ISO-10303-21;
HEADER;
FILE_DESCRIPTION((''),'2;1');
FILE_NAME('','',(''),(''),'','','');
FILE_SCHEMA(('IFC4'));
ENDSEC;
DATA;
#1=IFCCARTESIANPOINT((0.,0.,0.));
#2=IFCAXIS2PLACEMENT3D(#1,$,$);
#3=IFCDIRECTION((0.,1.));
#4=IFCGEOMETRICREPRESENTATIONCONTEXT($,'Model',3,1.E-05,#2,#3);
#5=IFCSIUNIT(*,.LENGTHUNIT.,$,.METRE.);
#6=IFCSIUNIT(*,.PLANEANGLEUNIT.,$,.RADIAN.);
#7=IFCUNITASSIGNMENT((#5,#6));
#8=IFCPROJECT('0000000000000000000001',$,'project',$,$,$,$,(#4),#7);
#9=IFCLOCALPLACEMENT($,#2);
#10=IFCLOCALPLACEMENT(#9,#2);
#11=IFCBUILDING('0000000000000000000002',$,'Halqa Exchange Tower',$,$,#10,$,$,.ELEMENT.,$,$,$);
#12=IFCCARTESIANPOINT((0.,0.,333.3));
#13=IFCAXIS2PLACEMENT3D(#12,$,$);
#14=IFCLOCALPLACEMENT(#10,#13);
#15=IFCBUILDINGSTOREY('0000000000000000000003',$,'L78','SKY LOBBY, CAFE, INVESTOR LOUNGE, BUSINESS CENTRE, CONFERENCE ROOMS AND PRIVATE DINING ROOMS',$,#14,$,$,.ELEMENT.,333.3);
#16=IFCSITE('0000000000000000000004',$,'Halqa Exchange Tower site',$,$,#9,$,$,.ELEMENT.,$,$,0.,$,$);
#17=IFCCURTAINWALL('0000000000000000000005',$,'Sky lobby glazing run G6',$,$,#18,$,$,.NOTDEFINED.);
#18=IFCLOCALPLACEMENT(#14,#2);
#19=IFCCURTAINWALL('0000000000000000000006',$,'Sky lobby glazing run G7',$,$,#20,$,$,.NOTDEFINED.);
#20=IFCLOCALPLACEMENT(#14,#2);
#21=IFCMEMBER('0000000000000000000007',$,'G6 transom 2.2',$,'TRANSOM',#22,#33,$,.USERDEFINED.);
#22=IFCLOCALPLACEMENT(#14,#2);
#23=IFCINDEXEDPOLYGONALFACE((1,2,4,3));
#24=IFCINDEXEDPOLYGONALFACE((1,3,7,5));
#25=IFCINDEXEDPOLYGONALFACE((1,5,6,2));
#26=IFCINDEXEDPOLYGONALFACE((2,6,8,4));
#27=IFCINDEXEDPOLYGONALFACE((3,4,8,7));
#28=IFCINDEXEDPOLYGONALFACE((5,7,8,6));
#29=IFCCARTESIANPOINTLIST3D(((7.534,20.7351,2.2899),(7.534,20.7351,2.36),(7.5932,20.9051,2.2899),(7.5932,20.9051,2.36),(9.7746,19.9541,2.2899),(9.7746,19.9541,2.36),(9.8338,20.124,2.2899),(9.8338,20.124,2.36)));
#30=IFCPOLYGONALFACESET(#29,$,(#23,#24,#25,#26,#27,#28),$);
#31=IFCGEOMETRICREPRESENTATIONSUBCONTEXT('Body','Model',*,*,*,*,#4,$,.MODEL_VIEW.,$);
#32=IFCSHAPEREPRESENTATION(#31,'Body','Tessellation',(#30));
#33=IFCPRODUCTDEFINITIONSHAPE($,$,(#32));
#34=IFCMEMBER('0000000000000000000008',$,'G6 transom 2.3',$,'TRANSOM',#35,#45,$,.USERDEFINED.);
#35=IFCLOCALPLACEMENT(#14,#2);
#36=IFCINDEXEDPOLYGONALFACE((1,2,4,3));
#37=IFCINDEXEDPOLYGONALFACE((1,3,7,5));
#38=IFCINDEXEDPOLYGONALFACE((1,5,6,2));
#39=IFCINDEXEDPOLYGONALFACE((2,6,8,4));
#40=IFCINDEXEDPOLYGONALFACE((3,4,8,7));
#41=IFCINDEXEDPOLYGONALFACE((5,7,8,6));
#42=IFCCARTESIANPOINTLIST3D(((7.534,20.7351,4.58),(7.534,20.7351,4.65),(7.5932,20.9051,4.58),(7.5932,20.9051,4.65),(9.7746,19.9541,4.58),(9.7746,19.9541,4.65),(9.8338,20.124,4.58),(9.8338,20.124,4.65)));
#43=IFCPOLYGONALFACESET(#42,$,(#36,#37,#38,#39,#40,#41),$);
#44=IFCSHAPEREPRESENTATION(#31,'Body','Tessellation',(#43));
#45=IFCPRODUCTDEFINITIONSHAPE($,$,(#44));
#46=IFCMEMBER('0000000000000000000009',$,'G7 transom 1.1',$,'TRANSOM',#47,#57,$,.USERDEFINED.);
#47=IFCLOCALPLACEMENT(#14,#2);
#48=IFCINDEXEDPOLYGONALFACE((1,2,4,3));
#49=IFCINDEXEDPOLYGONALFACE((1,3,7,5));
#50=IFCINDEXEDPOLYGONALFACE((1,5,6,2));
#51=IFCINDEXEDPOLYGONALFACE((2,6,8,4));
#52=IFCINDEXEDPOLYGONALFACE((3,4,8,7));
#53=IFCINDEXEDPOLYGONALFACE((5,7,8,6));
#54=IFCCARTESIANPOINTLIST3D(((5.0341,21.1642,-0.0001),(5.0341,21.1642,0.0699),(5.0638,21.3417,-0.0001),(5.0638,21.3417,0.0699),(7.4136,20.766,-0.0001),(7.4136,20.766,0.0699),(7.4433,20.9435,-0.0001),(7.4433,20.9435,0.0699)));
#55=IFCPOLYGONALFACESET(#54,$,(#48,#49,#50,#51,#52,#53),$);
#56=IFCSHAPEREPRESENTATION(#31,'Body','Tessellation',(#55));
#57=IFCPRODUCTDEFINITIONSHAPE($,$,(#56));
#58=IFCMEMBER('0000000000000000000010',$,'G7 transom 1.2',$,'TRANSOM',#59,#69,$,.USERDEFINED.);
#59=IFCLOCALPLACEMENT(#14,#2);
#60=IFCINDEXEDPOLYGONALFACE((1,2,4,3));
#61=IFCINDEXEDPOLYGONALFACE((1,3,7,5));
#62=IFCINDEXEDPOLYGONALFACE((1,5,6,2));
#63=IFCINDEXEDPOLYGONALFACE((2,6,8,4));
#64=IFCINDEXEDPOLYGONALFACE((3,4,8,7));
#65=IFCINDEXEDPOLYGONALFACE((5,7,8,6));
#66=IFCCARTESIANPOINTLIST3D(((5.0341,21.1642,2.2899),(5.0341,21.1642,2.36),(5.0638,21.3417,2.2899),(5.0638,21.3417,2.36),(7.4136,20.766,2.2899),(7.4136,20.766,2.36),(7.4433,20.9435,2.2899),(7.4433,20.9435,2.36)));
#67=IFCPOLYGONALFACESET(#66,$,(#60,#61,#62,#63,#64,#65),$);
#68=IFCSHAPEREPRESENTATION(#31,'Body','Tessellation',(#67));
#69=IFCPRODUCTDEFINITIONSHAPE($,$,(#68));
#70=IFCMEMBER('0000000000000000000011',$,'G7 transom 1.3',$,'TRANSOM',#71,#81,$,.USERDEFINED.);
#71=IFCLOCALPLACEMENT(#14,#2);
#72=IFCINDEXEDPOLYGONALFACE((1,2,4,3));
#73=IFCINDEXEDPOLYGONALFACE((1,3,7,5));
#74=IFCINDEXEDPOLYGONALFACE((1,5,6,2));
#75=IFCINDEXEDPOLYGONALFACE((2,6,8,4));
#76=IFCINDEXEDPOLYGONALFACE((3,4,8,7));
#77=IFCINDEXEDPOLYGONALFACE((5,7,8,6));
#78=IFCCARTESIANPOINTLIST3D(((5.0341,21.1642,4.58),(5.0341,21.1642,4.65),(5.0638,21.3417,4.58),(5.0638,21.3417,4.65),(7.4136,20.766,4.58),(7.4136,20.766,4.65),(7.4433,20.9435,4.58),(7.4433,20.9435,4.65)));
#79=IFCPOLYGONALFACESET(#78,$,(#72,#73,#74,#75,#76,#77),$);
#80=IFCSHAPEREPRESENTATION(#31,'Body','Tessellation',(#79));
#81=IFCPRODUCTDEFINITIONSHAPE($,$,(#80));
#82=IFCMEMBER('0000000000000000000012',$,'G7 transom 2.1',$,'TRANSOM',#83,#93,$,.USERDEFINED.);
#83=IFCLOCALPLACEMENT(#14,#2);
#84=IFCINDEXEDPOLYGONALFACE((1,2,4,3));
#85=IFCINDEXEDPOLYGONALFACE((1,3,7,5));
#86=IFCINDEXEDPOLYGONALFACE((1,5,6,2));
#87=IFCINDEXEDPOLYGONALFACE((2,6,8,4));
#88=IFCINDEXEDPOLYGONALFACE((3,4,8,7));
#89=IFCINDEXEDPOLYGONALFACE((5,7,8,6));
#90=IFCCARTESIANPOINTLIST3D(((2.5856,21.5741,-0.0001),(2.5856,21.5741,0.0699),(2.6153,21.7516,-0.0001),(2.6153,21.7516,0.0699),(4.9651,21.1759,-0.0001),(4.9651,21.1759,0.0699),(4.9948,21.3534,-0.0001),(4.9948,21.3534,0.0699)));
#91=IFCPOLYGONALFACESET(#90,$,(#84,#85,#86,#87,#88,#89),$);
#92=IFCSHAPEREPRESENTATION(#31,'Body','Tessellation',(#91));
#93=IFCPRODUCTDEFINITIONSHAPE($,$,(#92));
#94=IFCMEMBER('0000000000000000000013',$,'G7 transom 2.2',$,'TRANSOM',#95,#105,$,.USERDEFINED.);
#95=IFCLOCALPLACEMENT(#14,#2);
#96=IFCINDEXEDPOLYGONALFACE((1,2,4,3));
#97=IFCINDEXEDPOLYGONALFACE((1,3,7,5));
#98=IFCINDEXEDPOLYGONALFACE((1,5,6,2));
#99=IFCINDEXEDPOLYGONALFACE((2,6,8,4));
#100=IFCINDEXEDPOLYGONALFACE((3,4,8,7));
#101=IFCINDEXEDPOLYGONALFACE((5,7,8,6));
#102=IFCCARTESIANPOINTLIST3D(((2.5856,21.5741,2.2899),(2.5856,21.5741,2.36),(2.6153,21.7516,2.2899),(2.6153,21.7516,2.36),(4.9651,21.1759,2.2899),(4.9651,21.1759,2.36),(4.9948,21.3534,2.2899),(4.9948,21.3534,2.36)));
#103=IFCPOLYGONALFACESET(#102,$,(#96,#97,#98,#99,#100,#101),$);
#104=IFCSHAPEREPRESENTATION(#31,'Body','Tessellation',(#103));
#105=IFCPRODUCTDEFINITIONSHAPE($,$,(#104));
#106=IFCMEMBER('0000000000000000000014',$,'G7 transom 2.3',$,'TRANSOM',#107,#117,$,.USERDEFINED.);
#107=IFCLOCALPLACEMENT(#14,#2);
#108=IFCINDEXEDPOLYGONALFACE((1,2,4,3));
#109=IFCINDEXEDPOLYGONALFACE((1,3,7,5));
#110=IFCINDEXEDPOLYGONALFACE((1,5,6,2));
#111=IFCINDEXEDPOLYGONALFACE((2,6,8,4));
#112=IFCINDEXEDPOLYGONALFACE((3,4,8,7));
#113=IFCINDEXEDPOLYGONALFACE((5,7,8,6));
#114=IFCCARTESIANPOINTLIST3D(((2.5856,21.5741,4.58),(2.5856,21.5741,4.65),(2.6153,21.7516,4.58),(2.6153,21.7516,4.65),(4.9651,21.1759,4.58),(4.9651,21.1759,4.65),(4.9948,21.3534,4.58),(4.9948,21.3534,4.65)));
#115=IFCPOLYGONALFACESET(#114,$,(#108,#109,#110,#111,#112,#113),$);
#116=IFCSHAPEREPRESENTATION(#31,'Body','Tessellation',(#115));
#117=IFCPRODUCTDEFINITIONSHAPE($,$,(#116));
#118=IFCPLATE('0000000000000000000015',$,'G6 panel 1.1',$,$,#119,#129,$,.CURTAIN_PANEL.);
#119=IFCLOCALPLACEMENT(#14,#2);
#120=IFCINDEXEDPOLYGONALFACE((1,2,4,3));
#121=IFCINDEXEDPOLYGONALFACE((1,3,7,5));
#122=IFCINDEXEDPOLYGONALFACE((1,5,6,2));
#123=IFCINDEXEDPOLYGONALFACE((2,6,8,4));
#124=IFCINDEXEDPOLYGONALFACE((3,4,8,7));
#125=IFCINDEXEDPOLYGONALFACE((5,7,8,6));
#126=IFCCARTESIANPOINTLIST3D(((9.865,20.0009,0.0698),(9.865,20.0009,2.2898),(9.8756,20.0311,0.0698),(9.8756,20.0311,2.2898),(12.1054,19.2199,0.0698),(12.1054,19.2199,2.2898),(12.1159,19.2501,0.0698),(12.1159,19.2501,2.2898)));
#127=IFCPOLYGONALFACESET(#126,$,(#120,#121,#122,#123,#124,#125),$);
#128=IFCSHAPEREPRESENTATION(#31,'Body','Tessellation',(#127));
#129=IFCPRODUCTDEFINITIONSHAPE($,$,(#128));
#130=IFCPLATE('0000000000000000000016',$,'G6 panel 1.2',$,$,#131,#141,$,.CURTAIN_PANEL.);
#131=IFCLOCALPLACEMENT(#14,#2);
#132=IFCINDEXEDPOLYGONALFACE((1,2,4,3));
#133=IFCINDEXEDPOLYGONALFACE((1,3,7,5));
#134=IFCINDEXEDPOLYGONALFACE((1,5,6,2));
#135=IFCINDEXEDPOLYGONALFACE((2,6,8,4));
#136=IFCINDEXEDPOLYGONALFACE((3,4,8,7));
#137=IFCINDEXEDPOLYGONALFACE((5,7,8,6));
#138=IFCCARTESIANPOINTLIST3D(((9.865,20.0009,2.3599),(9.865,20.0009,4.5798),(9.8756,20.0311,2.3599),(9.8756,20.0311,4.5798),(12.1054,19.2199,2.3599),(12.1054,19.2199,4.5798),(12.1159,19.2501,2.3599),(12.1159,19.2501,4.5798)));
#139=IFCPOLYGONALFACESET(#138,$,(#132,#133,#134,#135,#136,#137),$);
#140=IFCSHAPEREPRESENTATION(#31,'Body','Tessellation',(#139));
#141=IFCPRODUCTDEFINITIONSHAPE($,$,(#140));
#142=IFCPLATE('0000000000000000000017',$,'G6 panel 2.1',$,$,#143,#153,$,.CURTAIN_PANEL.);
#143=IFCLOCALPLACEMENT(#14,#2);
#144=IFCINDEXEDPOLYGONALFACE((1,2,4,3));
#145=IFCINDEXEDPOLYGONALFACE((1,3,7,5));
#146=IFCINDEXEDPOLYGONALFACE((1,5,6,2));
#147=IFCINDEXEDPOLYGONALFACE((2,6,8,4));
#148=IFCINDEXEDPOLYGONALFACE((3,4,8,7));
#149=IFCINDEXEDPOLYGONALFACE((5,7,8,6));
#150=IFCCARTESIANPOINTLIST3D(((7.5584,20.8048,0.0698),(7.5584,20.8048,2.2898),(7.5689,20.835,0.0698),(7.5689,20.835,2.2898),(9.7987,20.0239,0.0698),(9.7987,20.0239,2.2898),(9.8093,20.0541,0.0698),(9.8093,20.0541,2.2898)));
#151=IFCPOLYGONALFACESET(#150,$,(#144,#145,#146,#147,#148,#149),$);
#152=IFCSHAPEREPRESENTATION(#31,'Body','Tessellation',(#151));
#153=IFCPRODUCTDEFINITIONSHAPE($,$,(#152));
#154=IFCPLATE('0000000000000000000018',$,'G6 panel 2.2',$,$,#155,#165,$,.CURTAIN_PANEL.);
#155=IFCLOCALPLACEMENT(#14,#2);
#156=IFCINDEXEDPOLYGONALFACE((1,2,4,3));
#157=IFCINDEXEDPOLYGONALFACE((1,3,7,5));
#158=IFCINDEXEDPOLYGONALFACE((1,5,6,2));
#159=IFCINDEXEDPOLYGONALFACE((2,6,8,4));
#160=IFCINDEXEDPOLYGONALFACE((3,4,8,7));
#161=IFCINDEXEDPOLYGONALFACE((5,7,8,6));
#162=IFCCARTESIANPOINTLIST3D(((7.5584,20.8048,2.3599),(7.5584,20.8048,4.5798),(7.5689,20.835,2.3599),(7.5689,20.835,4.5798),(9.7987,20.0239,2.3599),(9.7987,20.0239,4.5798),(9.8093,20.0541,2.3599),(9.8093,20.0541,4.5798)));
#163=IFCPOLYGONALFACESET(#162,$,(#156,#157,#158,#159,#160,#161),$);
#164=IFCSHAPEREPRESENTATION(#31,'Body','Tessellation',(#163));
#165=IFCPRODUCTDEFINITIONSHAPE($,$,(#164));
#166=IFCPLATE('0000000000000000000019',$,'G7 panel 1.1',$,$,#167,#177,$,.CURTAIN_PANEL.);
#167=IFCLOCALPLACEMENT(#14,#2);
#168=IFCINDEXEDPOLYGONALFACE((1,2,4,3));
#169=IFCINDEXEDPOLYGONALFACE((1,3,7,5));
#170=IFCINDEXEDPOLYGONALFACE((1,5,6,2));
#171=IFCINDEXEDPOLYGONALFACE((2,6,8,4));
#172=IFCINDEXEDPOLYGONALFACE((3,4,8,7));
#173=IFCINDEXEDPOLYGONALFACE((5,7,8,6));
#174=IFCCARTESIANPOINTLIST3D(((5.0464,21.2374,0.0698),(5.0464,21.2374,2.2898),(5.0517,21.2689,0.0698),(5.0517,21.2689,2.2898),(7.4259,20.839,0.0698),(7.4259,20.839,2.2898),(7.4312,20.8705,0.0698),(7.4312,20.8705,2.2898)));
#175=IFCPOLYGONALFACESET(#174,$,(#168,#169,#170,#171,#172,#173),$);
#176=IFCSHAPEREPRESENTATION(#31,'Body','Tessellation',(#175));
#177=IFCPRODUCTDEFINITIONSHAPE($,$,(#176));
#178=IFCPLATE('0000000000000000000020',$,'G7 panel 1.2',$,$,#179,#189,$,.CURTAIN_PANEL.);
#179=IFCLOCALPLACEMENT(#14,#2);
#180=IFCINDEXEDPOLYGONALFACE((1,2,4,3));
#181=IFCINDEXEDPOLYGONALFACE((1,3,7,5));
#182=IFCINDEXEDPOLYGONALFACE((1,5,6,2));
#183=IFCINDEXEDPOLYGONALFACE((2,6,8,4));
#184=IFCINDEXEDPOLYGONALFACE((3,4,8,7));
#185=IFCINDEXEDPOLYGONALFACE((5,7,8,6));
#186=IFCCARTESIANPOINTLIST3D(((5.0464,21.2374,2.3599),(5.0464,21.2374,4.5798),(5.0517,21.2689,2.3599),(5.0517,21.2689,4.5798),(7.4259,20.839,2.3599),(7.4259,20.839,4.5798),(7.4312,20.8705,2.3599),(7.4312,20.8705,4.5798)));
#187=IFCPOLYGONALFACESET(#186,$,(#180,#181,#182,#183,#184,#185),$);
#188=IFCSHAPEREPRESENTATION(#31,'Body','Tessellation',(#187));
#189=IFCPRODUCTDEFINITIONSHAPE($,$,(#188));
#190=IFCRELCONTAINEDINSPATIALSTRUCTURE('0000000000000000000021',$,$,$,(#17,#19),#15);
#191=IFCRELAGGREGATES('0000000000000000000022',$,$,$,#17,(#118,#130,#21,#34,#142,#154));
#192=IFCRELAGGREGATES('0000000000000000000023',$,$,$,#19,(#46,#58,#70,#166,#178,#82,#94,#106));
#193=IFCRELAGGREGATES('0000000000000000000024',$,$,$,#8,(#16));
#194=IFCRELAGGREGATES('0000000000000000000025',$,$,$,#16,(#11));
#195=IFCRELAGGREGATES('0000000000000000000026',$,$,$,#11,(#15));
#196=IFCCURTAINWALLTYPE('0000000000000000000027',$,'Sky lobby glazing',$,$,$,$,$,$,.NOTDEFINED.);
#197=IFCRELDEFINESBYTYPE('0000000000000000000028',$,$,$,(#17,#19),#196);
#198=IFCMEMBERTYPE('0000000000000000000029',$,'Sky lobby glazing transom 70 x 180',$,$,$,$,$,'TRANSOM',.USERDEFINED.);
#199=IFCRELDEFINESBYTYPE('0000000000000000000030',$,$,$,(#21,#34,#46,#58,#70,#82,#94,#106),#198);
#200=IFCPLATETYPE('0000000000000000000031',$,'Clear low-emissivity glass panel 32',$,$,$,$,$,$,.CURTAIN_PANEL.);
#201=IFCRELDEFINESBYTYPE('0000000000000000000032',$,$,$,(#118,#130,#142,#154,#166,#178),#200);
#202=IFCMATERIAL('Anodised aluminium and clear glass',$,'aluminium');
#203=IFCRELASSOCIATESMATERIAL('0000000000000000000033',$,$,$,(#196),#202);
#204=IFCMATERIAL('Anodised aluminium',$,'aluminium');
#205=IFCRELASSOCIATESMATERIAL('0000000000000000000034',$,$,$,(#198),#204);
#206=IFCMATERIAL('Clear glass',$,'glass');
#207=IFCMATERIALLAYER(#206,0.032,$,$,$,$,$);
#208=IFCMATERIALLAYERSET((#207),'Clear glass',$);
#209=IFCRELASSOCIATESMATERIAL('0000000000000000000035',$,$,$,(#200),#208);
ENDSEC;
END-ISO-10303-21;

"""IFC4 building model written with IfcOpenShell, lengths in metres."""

from ifc_helpers import new_model, si_unit, direction, frame, origin, origin_2d, place, context, subcontext, project, spatial, rectangle, extrude, material, layer, layer_set, material_profile, profile_set, type_object, element, aggregate, save


model = new_model("IFC4")

# Units and contexts
model_context = context("Model", 3, precision=1e-05, world=origin(), true_north=direction((0.0, 1.0)))
body_context = subcontext(model_context, "Body", "Model", "MODEL_VIEW")
ifc_project = project(units=[si_unit("LENGTHUNIT", "METRE"), si_unit("PLANEANGLEUNIT", "RADIAN")], contexts=[model_context])

# Site, building, storey
site_placement = place(None, origin())
site = spatial("IfcSite", under=ifc_project, at=site_placement, Name="Halqa Exchange Tower site", CompositionType="ELEMENT", RefElevation=0.0)
building_placement = place(site_placement, origin())
building = spatial("IfcBuilding", under=site, at=building_placement, Name="Halqa Exchange Tower", CompositionType="ELEMENT")
storey_placement = place(building_placement, frame((0.0, 0.0, 333.3)))
storey = spatial("IfcBuildingStorey", under=building, at=storey_placement, Name="L78", Description="SKY LOBBY, CAFE, INVESTOR LOUNGE, BUSINESS CENTRE, CONFERENCE ROOMS AND PRIVATE DINING ROOMS", CompositionType="ELEMENT", Elevation=333.3)

# Curtain walls
ifc_material_1 = material(Name="Anodised aluminium and clear glass", Category="aluminium")
curtain_wall_type = type_object("IfcCurtainWallType", Name="Sky lobby glazing", PredefinedType="NOTDEFINED", material=ifc_material_1)
curtain_wall_1_placement = place(storey_placement, origin())
curtain_wall_1 = element("IfcCurtainWall", 1, at=curtain_wall_1_placement, inside=storey, type_object=curtain_wall_type, Name="Sky lobby glazing run G6", PredefinedType="NOTDEFINED")
ifc_material_2 = material(Name="Anodised aluminium", Category="aluminium")
curtain_wall_2_placement = place(storey_placement, origin())
curtain_wall_2 = element("IfcCurtainWall", 2, at=curtain_wall_2_placement, inside=storey, type_object=curtain_wall_type, Name="Sky lobby glazing run G7", PredefinedType="NOTDEFINED")

# Members
ifc_material_profile_1 = material_profile(ifc_material_2, rectangle(XDim=0.1799, YDim=0.0701, at=origin_2d()), Name="AL 70x180")
ifc_profile_set_1 = profile_set([ifc_material_profile_1], Name="Anodised aluminium")
member_type_1 = type_object("IfcMemberType", Name="Sky lobby glazing transom 70 x 180", ElementType="TRANSOM", PredefinedType="USERDEFINED", material=ifc_profile_set_1)
member_1_placement = place(storey_placement, frame((9.8042, 20.0391, 2.325), z_axis=(-0.944273, 0.329163, 0.0), x_axis=(-0.329163, -0.944273, 0.0)))
member_1 = element("IfcMember", 3, at=member_1_placement, type_object=member_type_1, Name="G6 transom 2.2", ObjectType="TRANSOM", PredefinedType="USERDEFINED", context=body_context, shape_type="SweptSolid", body=[
    extrude(rectangle(XDim=0.1799, YDim=0.0701, at=origin_2d()), origin(), (0.0, 0.0, 1.0), 2.3728),
])
member_2_placement = place(storey_placement, frame((9.8042, 20.0391, 4.615), z_axis=(-0.944273, 0.329163, 0.0), x_axis=(-0.329163, -0.944273, 0.0)))
member_2 = element("IfcMember", 4, at=member_2_placement, type_object=member_type_1, Name="G6 transom 2.3", ObjectType="TRANSOM", PredefinedType="USERDEFINED", context=body_context, shape_type="SweptSolid", body=[
    extrude(rectangle(XDim=0.1799, YDim=0.0701, at=origin_2d()), origin(), (0.0, 0.0, 1.0), 2.3728),
])
member_3_placement = place(storey_placement, frame((7.4285, 20.8547, 0.0349), z_axis=(-0.986284, 0.165055, 0.0), x_axis=(-0.165055, -0.986284, 0.0)))
member_3 = element("IfcMember", 5, at=member_3_placement, type_object=member_type_1, Name="G7 transom 1.1", ObjectType="TRANSOM", PredefinedType="USERDEFINED", context=body_context, shape_type="SweptSolid", body=[
    extrude(rectangle(XDim=0.1799, YDim=0.0701, at=origin_2d()), origin(), (0.0, 0.0, 1.0), 2.4126),
])
member_4_placement = place(storey_placement, frame((7.4285, 20.8547, 2.325), z_axis=(-0.986284, 0.165055, 0.0), x_axis=(-0.165055, -0.986284, 0.0)))
member_4 = element("IfcMember", 6, at=member_4_placement, type_object=member_type_1, Name="G7 transom 1.2", ObjectType="TRANSOM", PredefinedType="USERDEFINED", context=body_context, shape_type="SweptSolid", body=[
    extrude(rectangle(XDim=0.1799, YDim=0.0701, at=origin_2d()), origin(), (0.0, 0.0, 1.0), 2.4126),
])
member_5_placement = place(storey_placement, frame((7.4285, 20.8547, 4.615), z_axis=(-0.986284, 0.165055, 0.0), x_axis=(-0.165055, -0.986284, 0.0)))
member_5 = element("IfcMember", 7, at=member_5_placement, type_object=member_type_1, Name="G7 transom 1.3", ObjectType="TRANSOM", PredefinedType="USERDEFINED", context=body_context, shape_type="SweptSolid", body=[
    extrude(rectangle(XDim=0.1799, YDim=0.0701, at=origin_2d()), origin(), (0.0, 0.0, 1.0), 2.4126),
])
member_6_placement = place(storey_placement, frame((4.98, 21.2646, 0.0349), z_axis=(-0.986284, 0.165055, 0.0), x_axis=(-0.165055, -0.986284, 0.0)))
member_6 = element("IfcMember", 8, at=member_6_placement, type_object=member_type_1, Name="G7 transom 2.1", ObjectType="TRANSOM", PredefinedType="USERDEFINED", context=body_context, shape_type="SweptSolid", body=[
    extrude(rectangle(XDim=0.1799, YDim=0.0701, at=origin_2d()), origin(), (0.0, 0.0, 1.0), 2.4126),
])
member_7_placement = place(storey_placement, frame((4.98, 21.2646, 2.325), z_axis=(-0.986284, 0.165055, 0.0), x_axis=(-0.165055, -0.986284, 0.0)))
member_7 = element("IfcMember", 9, at=member_7_placement, type_object=member_type_1, Name="G7 transom 2.2", ObjectType="TRANSOM", PredefinedType="USERDEFINED", context=body_context, shape_type="SweptSolid", body=[
    extrude(rectangle(XDim=0.1799, YDim=0.0701, at=origin_2d()), origin(), (0.0, 0.0, 1.0), 2.4126),
])
member_8_placement = place(storey_placement, frame((4.98, 21.2646, 4.615), z_axis=(-0.986284, 0.165055, 0.0), x_axis=(-0.165055, -0.986284, 0.0)))
member_8 = element("IfcMember", 10, at=member_8_placement, type_object=member_type_1, Name="G7 transom 2.3", ObjectType="TRANSOM", PredefinedType="USERDEFINED", context=body_context, shape_type="SweptSolid", body=[
    extrude(rectangle(XDim=0.1799, YDim=0.0701, at=origin_2d()), origin(), (0.0, 0.0, 1.0), 2.4126),
])

# Plates
ifc_material_3 = material(Name="Clear glass", Category="glass")
ifc_layer_1 = layer(ifc_material_3, 0.032)
ifc_layer_set_1 = layer_set([ifc_layer_1], Name="Clear glass")
plate_type = type_object("IfcPlateType", Name="Clear low-emissivity glass panel 32", PredefinedType="CURTAIN_PANEL", material=ifc_layer_set_1)
plate_1_placement = place(storey_placement, frame((10.9905, 19.6255, 0.0698), z_axis=(0.0, 0.0, 1.0), x_axis=(-0.944274, 0.32916, 0.0)))
plate_1 = element("IfcPlate", 11, at=plate_1_placement, type_object=plate_type, Name="G6 panel 1.1", PredefinedType="CURTAIN_PANEL", context=body_context, shape_type="SweptSolid", body=[
    extrude(rectangle(XDim=2.3726, YDim=0.032, at=origin_2d()), origin(), (0.0, 0.0, 1.0), 2.22),
])
plate_2_placement = place(storey_placement, frame((10.9905, 19.6255, 2.3599), z_axis=(0.0, 0.0, 1.0), x_axis=(-0.944274, 0.32916, 0.0)))
plate_2 = element("IfcPlate", 12, at=plate_2_placement, type_object=plate_type, Name="G6 panel 1.2", PredefinedType="CURTAIN_PANEL", context=body_context, shape_type="SweptSolid", body=[
    extrude(rectangle(XDim=2.3726, YDim=0.032, at=origin_2d()), origin(), (0.0, 0.0, 1.0), 2.22),
])
plate_3_placement = place(storey_placement, frame((8.6838, 20.4294, 0.0698), z_axis=(0.0, 0.0, 1.0), x_axis=(-0.944274, 0.32916, 0.0)))
plate_3 = element("IfcPlate", 13, at=plate_3_placement, type_object=plate_type, Name="G6 panel 2.1", PredefinedType="CURTAIN_PANEL", context=body_context, shape_type="SweptSolid", body=[
    extrude(rectangle(XDim=2.3726, YDim=0.032, at=origin_2d()), origin(), (0.0, 0.0, 1.0), 2.22),
])
plate_4_placement = place(storey_placement, frame((8.6838, 20.4294, 2.3599), z_axis=(0.0, 0.0, 1.0), x_axis=(-0.944274, 0.32916, 0.0)))
plate_4 = element("IfcPlate", 14, at=plate_4_placement, type_object=plate_type, Name="G6 panel 2.2", PredefinedType="CURTAIN_PANEL", context=body_context, shape_type="SweptSolid", body=[
    extrude(rectangle(XDim=2.3726, YDim=0.032, at=origin_2d()), origin(), (0.0, 0.0, 1.0), 2.22),
])
aggregate(curtain_wall_1, [plate_1, plate_2, member_1, member_2, plate_3, plate_4])
plate_5_placement = place(storey_placement, frame((6.2388, 21.054, 0.0698), z_axis=(0.0, 0.0, 1.0), x_axis=(-0.986274, 0.165117, 0.0)))
plate_5 = element("IfcPlate", 15, at=plate_5_placement, type_object=plate_type, Name="G7 panel 1.1", PredefinedType="CURTAIN_PANEL", context=body_context, shape_type="SweptSolid", body=[
    extrude(rectangle(XDim=2.4126, YDim=0.032, at=origin_2d()), origin(), (0.0, 0.0, 1.0), 2.22),
])
plate_6_placement = place(storey_placement, frame((6.2388, 21.054, 2.3599), z_axis=(0.0, 0.0, 1.0), x_axis=(-0.986274, 0.165117, 0.0)))
plate_6 = element("IfcPlate", 16, at=plate_6_placement, type_object=plate_type, Name="G7 panel 1.2", PredefinedType="CURTAIN_PANEL", context=body_context, shape_type="SweptSolid", body=[
    extrude(rectangle(XDim=2.4126, YDim=0.032, at=origin_2d()), origin(), (0.0, 0.0, 1.0), 2.22),
])
aggregate(curtain_wall_2, [member_3, member_4, member_5, plate_5, plate_6, member_6, member_7, member_8])

save(model, "model.ifc")
